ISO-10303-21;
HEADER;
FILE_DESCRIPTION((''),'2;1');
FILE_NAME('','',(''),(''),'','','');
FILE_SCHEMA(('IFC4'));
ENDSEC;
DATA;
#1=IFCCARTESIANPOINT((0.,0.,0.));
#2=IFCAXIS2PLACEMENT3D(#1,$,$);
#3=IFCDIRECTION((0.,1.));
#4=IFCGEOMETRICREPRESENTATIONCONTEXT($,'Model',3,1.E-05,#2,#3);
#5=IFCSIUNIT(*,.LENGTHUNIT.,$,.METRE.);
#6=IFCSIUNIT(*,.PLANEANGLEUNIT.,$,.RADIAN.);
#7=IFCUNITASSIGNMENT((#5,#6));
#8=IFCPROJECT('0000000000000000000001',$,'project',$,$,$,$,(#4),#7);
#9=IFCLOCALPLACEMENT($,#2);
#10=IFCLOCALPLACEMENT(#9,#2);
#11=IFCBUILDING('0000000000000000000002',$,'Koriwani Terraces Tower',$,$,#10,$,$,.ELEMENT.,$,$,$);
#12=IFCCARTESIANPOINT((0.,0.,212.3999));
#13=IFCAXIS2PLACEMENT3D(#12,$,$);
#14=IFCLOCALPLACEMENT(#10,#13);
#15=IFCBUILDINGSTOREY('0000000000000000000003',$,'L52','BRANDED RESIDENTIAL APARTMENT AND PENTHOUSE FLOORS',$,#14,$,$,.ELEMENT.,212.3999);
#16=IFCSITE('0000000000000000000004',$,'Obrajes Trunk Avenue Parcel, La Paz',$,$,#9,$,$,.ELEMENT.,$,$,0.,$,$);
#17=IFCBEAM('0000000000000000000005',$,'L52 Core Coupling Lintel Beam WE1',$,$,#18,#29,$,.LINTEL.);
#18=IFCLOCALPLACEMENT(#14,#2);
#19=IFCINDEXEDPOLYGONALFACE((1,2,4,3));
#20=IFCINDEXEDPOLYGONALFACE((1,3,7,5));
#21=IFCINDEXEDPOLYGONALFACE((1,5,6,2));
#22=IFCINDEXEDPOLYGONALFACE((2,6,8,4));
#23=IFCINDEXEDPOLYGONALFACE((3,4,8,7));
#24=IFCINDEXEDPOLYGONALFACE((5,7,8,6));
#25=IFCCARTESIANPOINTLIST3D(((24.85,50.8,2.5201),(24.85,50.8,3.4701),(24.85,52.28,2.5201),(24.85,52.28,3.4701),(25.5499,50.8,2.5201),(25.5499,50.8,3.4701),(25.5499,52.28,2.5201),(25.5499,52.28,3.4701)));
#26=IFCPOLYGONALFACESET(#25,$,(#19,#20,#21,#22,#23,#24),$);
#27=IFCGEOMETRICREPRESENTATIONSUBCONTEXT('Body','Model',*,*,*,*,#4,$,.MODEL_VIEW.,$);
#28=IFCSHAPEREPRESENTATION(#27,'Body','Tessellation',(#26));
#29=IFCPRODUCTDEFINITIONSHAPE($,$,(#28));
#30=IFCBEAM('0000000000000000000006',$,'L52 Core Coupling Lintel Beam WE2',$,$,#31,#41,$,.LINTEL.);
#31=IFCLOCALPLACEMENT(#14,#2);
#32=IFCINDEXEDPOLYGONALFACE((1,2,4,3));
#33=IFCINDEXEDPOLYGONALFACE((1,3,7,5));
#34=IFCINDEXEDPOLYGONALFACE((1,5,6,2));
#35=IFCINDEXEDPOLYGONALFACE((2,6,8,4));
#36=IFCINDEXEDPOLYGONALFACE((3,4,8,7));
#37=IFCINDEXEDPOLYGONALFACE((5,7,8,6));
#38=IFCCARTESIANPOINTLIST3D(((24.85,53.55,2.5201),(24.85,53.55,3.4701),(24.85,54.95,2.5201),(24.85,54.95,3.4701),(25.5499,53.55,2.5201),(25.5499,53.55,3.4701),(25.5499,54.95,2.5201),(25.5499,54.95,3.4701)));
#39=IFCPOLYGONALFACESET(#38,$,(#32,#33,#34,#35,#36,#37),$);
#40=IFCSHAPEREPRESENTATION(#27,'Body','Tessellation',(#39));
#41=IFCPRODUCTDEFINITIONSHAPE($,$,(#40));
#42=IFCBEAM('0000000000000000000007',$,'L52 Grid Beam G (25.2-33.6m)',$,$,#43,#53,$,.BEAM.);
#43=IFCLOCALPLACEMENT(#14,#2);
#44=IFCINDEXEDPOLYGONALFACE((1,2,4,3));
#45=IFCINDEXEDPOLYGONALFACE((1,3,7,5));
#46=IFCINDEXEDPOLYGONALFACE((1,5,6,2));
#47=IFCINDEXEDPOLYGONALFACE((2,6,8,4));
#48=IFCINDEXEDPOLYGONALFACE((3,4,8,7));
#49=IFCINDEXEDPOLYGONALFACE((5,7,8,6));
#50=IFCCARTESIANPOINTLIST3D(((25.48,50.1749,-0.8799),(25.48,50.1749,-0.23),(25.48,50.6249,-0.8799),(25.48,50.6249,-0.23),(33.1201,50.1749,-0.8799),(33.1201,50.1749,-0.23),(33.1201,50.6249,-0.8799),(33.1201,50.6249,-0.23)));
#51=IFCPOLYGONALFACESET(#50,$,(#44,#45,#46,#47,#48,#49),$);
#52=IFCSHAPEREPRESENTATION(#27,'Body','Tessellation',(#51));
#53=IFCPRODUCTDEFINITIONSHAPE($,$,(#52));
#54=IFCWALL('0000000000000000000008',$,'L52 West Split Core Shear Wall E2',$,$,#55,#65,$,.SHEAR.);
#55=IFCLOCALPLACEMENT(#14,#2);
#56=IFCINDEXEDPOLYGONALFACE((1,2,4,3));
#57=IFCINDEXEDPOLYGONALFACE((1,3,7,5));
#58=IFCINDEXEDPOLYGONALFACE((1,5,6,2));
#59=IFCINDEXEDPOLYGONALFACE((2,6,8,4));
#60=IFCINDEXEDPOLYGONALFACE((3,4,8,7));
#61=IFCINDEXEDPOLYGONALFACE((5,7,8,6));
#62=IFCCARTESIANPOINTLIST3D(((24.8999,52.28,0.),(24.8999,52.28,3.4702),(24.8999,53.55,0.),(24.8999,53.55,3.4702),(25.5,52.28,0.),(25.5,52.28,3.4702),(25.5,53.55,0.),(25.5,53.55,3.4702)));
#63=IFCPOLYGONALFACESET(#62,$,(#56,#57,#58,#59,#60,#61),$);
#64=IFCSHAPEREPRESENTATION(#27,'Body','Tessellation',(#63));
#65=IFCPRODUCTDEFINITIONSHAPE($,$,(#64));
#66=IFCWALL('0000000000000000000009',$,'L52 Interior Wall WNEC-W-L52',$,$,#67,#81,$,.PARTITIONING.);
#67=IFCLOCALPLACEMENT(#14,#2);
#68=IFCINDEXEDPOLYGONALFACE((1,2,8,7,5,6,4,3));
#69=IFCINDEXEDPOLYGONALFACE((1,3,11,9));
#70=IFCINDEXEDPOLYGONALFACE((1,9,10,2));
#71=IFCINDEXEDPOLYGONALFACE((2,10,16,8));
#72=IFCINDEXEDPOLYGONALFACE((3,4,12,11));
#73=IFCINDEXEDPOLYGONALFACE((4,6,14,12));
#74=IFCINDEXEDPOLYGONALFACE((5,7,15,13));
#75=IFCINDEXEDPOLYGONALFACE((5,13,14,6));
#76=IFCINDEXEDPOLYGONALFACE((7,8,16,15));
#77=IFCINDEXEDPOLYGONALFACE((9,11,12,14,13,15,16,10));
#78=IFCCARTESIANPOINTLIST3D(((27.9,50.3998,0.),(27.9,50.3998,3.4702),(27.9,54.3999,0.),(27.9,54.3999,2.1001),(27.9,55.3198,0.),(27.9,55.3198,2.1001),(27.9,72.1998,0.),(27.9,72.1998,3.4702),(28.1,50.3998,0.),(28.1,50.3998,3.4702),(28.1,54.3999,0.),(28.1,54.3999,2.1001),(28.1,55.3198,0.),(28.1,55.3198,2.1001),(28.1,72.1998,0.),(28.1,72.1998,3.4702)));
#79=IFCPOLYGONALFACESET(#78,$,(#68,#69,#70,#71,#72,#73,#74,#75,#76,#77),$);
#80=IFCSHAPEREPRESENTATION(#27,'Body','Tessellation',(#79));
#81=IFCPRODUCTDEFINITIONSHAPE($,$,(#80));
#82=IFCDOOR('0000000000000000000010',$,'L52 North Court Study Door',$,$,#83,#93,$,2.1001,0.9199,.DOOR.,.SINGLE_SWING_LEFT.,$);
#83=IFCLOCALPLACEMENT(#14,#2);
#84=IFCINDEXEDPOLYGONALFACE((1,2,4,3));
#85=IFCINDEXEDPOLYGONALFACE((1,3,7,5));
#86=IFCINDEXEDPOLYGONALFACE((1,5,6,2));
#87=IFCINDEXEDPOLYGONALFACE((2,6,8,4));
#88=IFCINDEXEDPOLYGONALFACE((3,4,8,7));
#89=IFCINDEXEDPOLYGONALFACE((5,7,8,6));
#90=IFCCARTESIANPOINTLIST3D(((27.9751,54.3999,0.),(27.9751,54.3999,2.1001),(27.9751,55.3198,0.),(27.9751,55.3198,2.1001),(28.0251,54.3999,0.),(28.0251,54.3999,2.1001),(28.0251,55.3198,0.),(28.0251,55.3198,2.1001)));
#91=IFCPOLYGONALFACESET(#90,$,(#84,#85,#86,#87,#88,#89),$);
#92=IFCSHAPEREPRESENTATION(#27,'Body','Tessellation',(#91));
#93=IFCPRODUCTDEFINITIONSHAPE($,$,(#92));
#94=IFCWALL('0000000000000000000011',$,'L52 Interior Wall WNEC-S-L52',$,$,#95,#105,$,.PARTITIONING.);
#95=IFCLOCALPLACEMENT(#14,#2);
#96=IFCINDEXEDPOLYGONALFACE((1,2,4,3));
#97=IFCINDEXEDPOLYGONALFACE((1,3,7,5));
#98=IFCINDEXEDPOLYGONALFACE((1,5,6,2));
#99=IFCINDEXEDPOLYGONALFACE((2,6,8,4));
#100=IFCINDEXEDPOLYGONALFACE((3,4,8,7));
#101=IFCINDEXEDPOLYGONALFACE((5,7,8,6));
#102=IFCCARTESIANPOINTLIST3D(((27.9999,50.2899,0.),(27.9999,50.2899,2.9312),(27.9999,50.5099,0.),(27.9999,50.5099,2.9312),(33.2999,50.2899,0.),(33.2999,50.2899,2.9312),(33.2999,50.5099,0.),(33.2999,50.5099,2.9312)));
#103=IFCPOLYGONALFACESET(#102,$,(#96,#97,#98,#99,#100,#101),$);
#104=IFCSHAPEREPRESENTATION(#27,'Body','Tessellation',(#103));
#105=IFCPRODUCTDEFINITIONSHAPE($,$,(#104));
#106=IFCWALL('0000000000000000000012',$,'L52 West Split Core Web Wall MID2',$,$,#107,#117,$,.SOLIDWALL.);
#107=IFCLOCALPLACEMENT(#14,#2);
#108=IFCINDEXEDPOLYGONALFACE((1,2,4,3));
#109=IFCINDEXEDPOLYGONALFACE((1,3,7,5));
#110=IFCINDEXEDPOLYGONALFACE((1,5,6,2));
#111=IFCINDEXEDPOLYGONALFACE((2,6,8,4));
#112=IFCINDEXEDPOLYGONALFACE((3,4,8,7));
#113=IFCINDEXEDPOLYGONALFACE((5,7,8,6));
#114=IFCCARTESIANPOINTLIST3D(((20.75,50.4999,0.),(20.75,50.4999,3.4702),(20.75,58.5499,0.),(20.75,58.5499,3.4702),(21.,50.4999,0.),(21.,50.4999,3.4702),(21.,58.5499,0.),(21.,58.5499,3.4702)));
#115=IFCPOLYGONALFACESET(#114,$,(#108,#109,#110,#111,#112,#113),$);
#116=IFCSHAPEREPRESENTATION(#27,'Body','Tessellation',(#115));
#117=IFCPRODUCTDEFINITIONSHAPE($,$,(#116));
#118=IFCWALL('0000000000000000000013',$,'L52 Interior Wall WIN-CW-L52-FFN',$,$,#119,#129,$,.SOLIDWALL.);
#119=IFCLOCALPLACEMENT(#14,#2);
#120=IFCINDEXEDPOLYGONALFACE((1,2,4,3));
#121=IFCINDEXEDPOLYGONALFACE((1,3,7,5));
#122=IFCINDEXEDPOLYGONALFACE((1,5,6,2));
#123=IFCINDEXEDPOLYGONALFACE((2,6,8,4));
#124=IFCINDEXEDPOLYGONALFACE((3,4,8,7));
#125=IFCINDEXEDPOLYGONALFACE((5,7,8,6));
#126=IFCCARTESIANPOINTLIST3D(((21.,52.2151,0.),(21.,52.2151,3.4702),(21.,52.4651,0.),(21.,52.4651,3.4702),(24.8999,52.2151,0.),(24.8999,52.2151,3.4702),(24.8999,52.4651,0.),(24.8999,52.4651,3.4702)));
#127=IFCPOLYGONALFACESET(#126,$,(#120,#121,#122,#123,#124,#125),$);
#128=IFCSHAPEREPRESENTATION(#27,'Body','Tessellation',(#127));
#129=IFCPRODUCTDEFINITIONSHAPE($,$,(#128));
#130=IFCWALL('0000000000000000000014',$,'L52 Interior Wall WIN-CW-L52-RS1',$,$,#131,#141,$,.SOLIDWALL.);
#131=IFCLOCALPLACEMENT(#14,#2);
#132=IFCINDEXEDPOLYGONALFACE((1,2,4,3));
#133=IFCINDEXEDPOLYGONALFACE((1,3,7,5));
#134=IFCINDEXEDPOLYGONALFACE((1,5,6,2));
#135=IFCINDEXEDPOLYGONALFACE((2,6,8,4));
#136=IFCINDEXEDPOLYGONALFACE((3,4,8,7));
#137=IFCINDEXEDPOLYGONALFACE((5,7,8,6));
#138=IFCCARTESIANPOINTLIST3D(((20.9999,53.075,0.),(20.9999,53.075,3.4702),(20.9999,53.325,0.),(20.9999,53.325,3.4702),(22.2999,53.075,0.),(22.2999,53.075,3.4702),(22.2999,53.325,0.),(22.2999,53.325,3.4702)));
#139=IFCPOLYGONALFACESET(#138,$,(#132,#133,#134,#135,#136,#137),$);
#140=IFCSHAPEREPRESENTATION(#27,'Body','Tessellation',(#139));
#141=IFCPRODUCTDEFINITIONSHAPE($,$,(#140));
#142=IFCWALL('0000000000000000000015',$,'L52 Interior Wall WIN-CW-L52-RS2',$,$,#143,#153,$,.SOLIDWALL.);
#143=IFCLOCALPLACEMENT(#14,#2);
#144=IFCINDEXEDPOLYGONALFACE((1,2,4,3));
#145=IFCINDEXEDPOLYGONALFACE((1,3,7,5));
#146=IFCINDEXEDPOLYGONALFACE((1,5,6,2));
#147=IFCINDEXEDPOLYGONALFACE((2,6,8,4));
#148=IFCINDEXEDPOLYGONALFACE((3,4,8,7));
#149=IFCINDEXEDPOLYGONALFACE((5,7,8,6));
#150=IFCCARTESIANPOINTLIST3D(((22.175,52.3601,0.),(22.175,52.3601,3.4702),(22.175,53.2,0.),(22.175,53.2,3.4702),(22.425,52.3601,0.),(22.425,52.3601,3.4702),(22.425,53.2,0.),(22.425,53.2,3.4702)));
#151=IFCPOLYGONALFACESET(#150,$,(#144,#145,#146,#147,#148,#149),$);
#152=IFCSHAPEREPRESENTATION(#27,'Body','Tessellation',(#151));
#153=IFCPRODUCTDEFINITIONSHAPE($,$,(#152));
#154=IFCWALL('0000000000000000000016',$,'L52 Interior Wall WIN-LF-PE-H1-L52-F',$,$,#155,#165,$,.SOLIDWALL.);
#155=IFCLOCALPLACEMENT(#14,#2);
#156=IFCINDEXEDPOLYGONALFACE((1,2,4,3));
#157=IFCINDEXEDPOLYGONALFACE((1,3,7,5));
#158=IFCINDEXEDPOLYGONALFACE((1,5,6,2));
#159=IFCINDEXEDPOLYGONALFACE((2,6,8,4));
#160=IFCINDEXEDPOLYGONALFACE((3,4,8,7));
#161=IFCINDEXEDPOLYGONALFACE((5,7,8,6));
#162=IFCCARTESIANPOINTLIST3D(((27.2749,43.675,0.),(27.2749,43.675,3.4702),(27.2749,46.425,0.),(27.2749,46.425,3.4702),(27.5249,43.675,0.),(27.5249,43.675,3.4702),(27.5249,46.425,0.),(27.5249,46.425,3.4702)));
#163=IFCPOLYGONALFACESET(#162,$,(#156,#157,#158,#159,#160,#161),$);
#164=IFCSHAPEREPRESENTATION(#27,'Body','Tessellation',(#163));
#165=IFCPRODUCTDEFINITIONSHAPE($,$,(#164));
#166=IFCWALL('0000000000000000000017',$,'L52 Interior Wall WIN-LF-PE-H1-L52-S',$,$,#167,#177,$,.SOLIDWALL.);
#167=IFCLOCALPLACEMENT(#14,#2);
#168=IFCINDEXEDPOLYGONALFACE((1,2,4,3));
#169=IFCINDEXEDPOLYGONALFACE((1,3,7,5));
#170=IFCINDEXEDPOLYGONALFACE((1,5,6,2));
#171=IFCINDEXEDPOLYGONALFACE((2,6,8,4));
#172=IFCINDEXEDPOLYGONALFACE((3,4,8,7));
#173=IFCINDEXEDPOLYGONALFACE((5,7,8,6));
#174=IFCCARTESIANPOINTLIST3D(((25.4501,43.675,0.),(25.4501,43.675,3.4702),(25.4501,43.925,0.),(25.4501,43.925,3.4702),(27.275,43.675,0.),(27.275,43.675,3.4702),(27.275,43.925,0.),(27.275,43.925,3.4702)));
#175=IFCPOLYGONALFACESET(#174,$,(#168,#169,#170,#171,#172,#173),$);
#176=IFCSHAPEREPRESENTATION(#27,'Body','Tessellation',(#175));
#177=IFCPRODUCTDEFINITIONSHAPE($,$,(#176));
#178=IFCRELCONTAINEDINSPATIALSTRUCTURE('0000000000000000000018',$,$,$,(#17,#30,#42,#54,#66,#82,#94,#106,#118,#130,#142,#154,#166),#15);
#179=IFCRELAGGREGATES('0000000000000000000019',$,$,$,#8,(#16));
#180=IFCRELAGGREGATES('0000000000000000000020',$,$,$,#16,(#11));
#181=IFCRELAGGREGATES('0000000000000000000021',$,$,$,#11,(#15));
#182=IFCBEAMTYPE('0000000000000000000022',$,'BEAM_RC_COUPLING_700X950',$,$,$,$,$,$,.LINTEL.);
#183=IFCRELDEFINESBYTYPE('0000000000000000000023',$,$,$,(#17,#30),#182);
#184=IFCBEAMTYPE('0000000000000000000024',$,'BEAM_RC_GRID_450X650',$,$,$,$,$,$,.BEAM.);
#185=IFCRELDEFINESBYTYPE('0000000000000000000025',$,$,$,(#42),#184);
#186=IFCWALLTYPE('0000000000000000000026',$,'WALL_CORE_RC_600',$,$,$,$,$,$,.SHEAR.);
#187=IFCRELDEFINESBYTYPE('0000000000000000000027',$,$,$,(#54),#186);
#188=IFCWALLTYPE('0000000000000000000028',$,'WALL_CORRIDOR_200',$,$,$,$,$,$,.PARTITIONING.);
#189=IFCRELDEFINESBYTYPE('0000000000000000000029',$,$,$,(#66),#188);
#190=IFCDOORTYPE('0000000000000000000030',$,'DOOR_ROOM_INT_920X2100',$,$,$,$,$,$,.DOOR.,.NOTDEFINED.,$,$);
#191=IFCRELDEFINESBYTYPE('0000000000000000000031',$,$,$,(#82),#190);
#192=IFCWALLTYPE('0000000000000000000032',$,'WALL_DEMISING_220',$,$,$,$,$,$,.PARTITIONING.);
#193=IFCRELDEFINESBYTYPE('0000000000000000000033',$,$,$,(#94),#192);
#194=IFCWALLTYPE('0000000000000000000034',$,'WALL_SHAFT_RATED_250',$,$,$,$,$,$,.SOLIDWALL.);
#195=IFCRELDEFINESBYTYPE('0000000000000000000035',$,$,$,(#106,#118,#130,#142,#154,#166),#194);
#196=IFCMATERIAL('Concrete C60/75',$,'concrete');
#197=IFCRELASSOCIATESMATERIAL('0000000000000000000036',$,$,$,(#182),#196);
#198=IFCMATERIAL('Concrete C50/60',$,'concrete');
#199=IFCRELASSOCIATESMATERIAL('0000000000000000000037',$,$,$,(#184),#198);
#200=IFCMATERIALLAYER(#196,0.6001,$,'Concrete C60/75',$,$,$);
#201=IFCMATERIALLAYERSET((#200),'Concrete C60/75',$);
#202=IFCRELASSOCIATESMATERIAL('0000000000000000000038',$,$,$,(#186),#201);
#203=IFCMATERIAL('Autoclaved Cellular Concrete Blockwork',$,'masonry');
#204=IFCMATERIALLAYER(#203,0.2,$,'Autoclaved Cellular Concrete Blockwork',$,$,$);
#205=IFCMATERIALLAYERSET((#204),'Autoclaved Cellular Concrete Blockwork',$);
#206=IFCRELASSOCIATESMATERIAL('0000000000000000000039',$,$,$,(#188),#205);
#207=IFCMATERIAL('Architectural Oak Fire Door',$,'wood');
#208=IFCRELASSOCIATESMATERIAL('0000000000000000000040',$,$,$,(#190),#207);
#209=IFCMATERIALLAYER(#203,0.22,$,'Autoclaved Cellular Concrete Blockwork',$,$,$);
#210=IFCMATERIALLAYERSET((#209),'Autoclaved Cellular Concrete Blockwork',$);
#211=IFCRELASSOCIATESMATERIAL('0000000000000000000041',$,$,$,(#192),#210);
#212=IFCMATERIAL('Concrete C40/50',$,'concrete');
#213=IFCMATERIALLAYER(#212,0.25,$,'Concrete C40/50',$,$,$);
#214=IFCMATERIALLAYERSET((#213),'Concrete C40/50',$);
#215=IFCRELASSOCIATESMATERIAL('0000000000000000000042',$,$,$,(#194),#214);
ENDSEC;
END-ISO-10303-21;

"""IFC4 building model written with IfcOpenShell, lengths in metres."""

from ifc_helpers import new_model, si_unit, direction, frame, frame_2d, origin, origin_2d, place, context, subcontext, project, spatial, rectangle, extrude, material, layer, layer_set, material_profile, profile_set, type_object, element, fill, save


model = new_model("IFC4")

# Units and contexts
model_context = context("Model", 3, precision=1e-05, world=origin(), true_north=direction((0.0, 1.0)))
body_context = subcontext(model_context, "Body", "Model", "MODEL_VIEW")
ifc_project = project(units=[si_unit("LENGTHUNIT", "METRE"), si_unit("PLANEANGLEUNIT", "RADIAN")], contexts=[model_context])

# Site, building, storey
site_placement = place(None, origin())
site = spatial("IfcSite", under=ifc_project, at=site_placement, Name="Obrajes Trunk Avenue Parcel, La Paz", CompositionType="ELEMENT", RefElevation=0.0)
building_placement = place(site_placement, origin())
building = spatial("IfcBuilding", under=site, at=building_placement, Name="Koriwani Terraces Tower", CompositionType="ELEMENT")
storey_placement = place(building_placement, frame((0.0, 0.0, 212.3999)))
storey = spatial("IfcBuildingStorey", under=building, at=storey_placement, Name="L52", Description="BRANDED RESIDENTIAL APARTMENT AND PENTHOUSE FLOORS", CompositionType="ELEMENT", Elevation=212.3999)

# Beams
ifc_material_1 = material(Name="Concrete C60/75", Category="concrete")
ifc_material_profile_1 = material_profile(ifc_material_1, rectangle(XDim=0.7, YDim=0.95, at=origin_2d()), Name="Concrete C60/75", Category="LoadBearing")
ifc_profile_set_1 = profile_set([ifc_material_profile_1], Name="Concrete C60/75")
beam_type_1 = type_object("IfcBeamType", Name="BEAM_RC_COUPLING_700X950", PredefinedType="LINTEL", material=ifc_profile_set_1)
beam_1_placement = place(storey_placement, frame((25.2, 50.8, 2.9951), z_axis=(0.0, 1.0, 0.0), x_axis=(-1.0, 0.0, 0.0)))
element("IfcBeam", 1, at=beam_1_placement, inside=storey, type_object=beam_type_1, Name="L52 Core Coupling Lintel Beam WE1", PredefinedType="LINTEL", context=body_context, shape_type="SweptSolid", body=[
    extrude(rectangle(XDim=0.7, YDim=0.95, at=origin_2d()), origin(), (0.0, 0.0, 1.0), 1.48),
])
beam_2_placement = place(storey_placement, frame((25.2, 53.55, 2.9951), z_axis=(0.0, 1.0, 0.0), x_axis=(-1.0, 0.0, 0.0)))
element("IfcBeam", 2, at=beam_2_placement, inside=storey, type_object=beam_type_1, Name="L52 Core Coupling Lintel Beam WE2", PredefinedType="LINTEL", context=body_context, shape_type="SweptSolid", body=[
    extrude(rectangle(XDim=0.7, YDim=0.95, at=origin_2d()), origin(), (0.0, 0.0, 1.0), 1.3999),
])
ifc_material_2 = material(Name="Concrete C50/60", Category="concrete")
ifc_material_profile_2 = material_profile(ifc_material_2, rectangle(XDim=0.45, YDim=0.6499, at=origin_2d()), Name="Concrete C50/60", Category="LoadBearing")
ifc_profile_set_2 = profile_set([ifc_material_profile_2], Name="Concrete C50/60")
beam_type_2 = type_object("IfcBeamType", Name="BEAM_RC_GRID_450X650", PredefinedType="BEAM", material=ifc_profile_set_2)
beam_3_placement = place(storey_placement, frame((25.48, 50.3999, -0.5549), z_axis=(1.0, 0.0, 0.0), x_axis=(0.0, 1.0, 0.0)))
element("IfcBeam", 3, at=beam_3_placement, inside=storey, type_object=beam_type_2, Name="L52 Grid Beam G (25.2-33.6m)", PredefinedType="BEAM", context=body_context, shape_type="SweptSolid", body=[
    extrude(rectangle(XDim=0.45, YDim=0.6499, at=origin_2d()), origin(), (0.0, 0.0, 1.0), 7.6401),
])

# Wall
ifc_layer_1 = layer(ifc_material_1, 0.6001, Name="Concrete C60/75")
ifc_layer_set_1 = layer_set([ifc_layer_1], Name="Concrete C60/75")
wall_type_1 = type_object("IfcWallType", Name="WALL_CORE_RC_600", PredefinedType="SHEAR", material=ifc_layer_set_1)
wall_1_placement = place(storey_placement, frame((25.2, 52.28, 0.0), z_axis=(0.0, 0.0, 1.0), x_axis=(0.0, 1.0, 0.0)))
element("IfcWall", 4, at=wall_1_placement, inside=storey, type_object=wall_type_1, Name="L52 West Split Core Shear Wall E2", PredefinedType="SHEAR", context=body_context, shape_type="SweptSolid", body=[
    extrude(rectangle(XDim=1.27, YDim=0.6001, at=frame_2d((0.635, 0.0))), origin(), (0.0, 0.0, 1.0), 3.4702),
])

# Wall, opening, door
ifc_material_3 = material(Name="Autoclaved Cellular Concrete Blockwork", Category="masonry")
ifc_layer_2 = layer(ifc_material_3, 0.2, Name="Autoclaved Cellular Concrete Blockwork")
ifc_layer_set_2 = layer_set([ifc_layer_2], Name="Autoclaved Cellular Concrete Blockwork")
wall_type_2 = type_object("IfcWallType", Name="WALL_CORRIDOR_200", PredefinedType="PARTITIONING", material=ifc_layer_set_2)
wall_2_placement = place(storey_placement, frame((28.0, 50.3999, 0.0), z_axis=(0.0, 0.0, 1.0), x_axis=(0.0, 1.0, 0.0)))
wall_2 = element("IfcWall", 5, at=wall_2_placement, inside=storey, type_object=wall_type_2, Name="L52 Interior Wall WNEC-W-L52", PredefinedType="PARTITIONING", context=body_context, shape_type="SweptSolid", body=[
    extrude(rectangle(XDim=21.8, YDim=0.2, at=frame_2d((10.8999, 0.0))), origin(), (0.0, 0.0, 1.0), 3.4702),
])
opening_1_placement = place(wall_2_placement, frame((4.0, 0.0, 0.0)))
opening_1 = element("IfcOpeningElement", 6, at=opening_1_placement, cuts=wall_2, PredefinedType="OPENING", context=body_context, shape_type="SweptSolid", body=[
    extrude(rectangle(XDim=0.9199, YDim=2.1001, at=frame_2d((0.46, 1.05))), frame((0.0, 0.1099, 0.0), z_axis=(0.0, -1.0, 0.0), x_axis=(1.0, 0.0, 0.0)), (0.0, 0.0, 1.0), 0.22),
])
ifc_material_4 = material(Name="Architectural Oak Fire Door", Category="wood")
door_type_1 = type_object("IfcDoorType", Name="DOOR_ROOM_INT_920X2100", OperationType="NOTDEFINED", PredefinedType="DOOR", material=ifc_material_4)
door_1_placement = place(opening_1_placement, origin())
door_1 = element("IfcDoor", 7, at=door_1_placement, inside=storey, type_object=door_type_1, Name="L52 North Court Study Door", OperationType="SINGLE_SWING_LEFT", OverallHeight=2.1001, OverallWidth=0.9199, PredefinedType="DOOR", context=body_context, shape_type="SweptSolid", body=[
    extrude(rectangle(XDim=0.9199, YDim=2.1001, at=frame_2d((0.46, 1.05))), frame((0.0, 0.0249, 0.0), z_axis=(0.0, -1.0, 0.0), x_axis=(1.0, 0.0, 0.0)), (0.0, 0.0, 1.0), 0.05),
])
fill(opening_1, door_1)

# Walls
ifc_layer_3 = layer(ifc_material_3, 0.22, Name="Autoclaved Cellular Concrete Blockwork")
ifc_layer_set_3 = layer_set([ifc_layer_3], Name="Autoclaved Cellular Concrete Blockwork")
wall_type_3 = type_object("IfcWallType", Name="WALL_DEMISING_220", PredefinedType="PARTITIONING", material=ifc_layer_set_3)
wall_3_placement = place(storey_placement, frame((28.0, 50.3999, 0.0), z_axis=(0.0, 0.0, 1.0), x_axis=(1.0, 0.0, 0.0)))
element("IfcWall", 8, at=wall_3_placement, inside=storey, type_object=wall_type_3, Name="L52 Interior Wall WNEC-S-L52", PredefinedType="PARTITIONING", context=body_context, shape_type="SweptSolid", body=[
    extrude(rectangle(XDim=5.3, YDim=0.22, at=frame_2d((2.6499, 0.0))), origin(), (0.0, 0.0, 1.0), 2.9312),
])
ifc_material_5 = material(Name="Concrete C40/50", Category="concrete")
ifc_layer_4 = layer(ifc_material_5, 0.25, Name="Concrete C40/50")
ifc_layer_set_4 = layer_set([ifc_layer_4], Name="Concrete C40/50")
wall_type_4 = type_object("IfcWallType", Name="WALL_SHAFT_RATED_250", PredefinedType="SOLIDWALL", material=ifc_layer_set_4)
wall_4_placement = place(storey_placement, frame((20.875, 50.5, 0.0), z_axis=(0.0, 0.0, 1.0), x_axis=(0.0, 1.0, 0.0)))
element("IfcWall", 9, at=wall_4_placement, inside=storey, type_object=wall_type_4, Name="L52 West Split Core Web Wall MID2", PredefinedType="SOLIDWALL", context=body_context, shape_type="SweptSolid", body=[
    extrude(rectangle(XDim=8.05, YDim=0.25, at=frame_2d((4.0249, 0.0))), origin(), (0.0, 0.0, 1.0), 3.4702),
])

# Walls
wall_5_placement = place(storey_placement, frame((21.0, 52.3401, 0.0), z_axis=(0.0, 0.0, 1.0), x_axis=(1.0, 0.0, 0.0)))
element("IfcWall", 10, at=wall_5_placement, inside=storey, type_object=wall_type_4, Name="L52 Interior Wall WIN-CW-L52-FFN", PredefinedType="SOLIDWALL", context=body_context, shape_type="SweptSolid", body=[
    extrude(rectangle(XDim=3.8999, YDim=0.25, at=frame_2d((1.95, 0.0))), origin(), (0.0, 0.0, 1.0), 3.4702),
])
wall_6_placement = place(storey_placement, frame((21.0, 53.2, 0.0), z_axis=(0.0, 0.0, 1.0), x_axis=(1.0, 0.0, 0.0)))
element("IfcWall", 11, at=wall_6_placement, inside=storey, type_object=wall_type_4, Name="L52 Interior Wall WIN-CW-L52-RS1", PredefinedType="SOLIDWALL", context=body_context, shape_type="SweptSolid", body=[
    extrude(rectangle(XDim=1.3, YDim=0.25, at=frame_2d((0.6499, 0.0))), origin(), (0.0, 0.0, 1.0), 3.4702),
])
wall_7_placement = place(storey_placement, frame((22.3, 52.3601, 0.0), z_axis=(0.0, 0.0, 1.0), x_axis=(0.0, 1.0, 0.0)))
element("IfcWall", 12, at=wall_7_placement, inside=storey, type_object=wall_type_4, Name="L52 Interior Wall WIN-CW-L52-RS2", PredefinedType="SOLIDWALL", context=body_context, shape_type="SweptSolid", body=[
    extrude(rectangle(XDim=0.8398, YDim=0.25, at=frame_2d((0.4199, 0.0))), origin(), (0.0, 0.0, 1.0), 3.4702),
])
wall_8_placement = place(storey_placement, frame((27.3999, 43.675, 0.0), z_axis=(0.0, 0.0, 1.0), x_axis=(0.0, 1.0, 0.0)))
element("IfcWall", 13, at=wall_8_placement, inside=storey, type_object=wall_type_4, Name="L52 Interior Wall WIN-LF-PE-H1-L52-F", PredefinedType="SOLIDWALL", context=body_context, shape_type="SweptSolid", body=[
    extrude(rectangle(XDim=2.75, YDim=0.25, at=frame_2d((1.375, 0.0))), origin(), (0.0, 0.0, 1.0), 3.4702),
])
for number, where, z_axis, x_axis, name in (
    (14, (25.45, 43.8, 0.0), (0.0, 0.0, 1.0), (1.0, 0.0, 0.0), "L52 Interior Wall WIN-LF-PE-H1-L52-S"),
):
    element("IfcWall", number, at=place(storey_placement, frame(where, z_axis=z_axis, x_axis=x_axis)), inside=storey, type_object=wall_type_4, Name=name, PredefinedType="SOLIDWALL", context=body_context, shape_type="SweptSolid", body=[
        extrude(rectangle(XDim=1.825, YDim=0.25, at=frame_2d((0.9126, 0.0))), origin(), (0.0, 0.0, 1.0), 3.4702),
    ])

save(model, "model.ifc")
